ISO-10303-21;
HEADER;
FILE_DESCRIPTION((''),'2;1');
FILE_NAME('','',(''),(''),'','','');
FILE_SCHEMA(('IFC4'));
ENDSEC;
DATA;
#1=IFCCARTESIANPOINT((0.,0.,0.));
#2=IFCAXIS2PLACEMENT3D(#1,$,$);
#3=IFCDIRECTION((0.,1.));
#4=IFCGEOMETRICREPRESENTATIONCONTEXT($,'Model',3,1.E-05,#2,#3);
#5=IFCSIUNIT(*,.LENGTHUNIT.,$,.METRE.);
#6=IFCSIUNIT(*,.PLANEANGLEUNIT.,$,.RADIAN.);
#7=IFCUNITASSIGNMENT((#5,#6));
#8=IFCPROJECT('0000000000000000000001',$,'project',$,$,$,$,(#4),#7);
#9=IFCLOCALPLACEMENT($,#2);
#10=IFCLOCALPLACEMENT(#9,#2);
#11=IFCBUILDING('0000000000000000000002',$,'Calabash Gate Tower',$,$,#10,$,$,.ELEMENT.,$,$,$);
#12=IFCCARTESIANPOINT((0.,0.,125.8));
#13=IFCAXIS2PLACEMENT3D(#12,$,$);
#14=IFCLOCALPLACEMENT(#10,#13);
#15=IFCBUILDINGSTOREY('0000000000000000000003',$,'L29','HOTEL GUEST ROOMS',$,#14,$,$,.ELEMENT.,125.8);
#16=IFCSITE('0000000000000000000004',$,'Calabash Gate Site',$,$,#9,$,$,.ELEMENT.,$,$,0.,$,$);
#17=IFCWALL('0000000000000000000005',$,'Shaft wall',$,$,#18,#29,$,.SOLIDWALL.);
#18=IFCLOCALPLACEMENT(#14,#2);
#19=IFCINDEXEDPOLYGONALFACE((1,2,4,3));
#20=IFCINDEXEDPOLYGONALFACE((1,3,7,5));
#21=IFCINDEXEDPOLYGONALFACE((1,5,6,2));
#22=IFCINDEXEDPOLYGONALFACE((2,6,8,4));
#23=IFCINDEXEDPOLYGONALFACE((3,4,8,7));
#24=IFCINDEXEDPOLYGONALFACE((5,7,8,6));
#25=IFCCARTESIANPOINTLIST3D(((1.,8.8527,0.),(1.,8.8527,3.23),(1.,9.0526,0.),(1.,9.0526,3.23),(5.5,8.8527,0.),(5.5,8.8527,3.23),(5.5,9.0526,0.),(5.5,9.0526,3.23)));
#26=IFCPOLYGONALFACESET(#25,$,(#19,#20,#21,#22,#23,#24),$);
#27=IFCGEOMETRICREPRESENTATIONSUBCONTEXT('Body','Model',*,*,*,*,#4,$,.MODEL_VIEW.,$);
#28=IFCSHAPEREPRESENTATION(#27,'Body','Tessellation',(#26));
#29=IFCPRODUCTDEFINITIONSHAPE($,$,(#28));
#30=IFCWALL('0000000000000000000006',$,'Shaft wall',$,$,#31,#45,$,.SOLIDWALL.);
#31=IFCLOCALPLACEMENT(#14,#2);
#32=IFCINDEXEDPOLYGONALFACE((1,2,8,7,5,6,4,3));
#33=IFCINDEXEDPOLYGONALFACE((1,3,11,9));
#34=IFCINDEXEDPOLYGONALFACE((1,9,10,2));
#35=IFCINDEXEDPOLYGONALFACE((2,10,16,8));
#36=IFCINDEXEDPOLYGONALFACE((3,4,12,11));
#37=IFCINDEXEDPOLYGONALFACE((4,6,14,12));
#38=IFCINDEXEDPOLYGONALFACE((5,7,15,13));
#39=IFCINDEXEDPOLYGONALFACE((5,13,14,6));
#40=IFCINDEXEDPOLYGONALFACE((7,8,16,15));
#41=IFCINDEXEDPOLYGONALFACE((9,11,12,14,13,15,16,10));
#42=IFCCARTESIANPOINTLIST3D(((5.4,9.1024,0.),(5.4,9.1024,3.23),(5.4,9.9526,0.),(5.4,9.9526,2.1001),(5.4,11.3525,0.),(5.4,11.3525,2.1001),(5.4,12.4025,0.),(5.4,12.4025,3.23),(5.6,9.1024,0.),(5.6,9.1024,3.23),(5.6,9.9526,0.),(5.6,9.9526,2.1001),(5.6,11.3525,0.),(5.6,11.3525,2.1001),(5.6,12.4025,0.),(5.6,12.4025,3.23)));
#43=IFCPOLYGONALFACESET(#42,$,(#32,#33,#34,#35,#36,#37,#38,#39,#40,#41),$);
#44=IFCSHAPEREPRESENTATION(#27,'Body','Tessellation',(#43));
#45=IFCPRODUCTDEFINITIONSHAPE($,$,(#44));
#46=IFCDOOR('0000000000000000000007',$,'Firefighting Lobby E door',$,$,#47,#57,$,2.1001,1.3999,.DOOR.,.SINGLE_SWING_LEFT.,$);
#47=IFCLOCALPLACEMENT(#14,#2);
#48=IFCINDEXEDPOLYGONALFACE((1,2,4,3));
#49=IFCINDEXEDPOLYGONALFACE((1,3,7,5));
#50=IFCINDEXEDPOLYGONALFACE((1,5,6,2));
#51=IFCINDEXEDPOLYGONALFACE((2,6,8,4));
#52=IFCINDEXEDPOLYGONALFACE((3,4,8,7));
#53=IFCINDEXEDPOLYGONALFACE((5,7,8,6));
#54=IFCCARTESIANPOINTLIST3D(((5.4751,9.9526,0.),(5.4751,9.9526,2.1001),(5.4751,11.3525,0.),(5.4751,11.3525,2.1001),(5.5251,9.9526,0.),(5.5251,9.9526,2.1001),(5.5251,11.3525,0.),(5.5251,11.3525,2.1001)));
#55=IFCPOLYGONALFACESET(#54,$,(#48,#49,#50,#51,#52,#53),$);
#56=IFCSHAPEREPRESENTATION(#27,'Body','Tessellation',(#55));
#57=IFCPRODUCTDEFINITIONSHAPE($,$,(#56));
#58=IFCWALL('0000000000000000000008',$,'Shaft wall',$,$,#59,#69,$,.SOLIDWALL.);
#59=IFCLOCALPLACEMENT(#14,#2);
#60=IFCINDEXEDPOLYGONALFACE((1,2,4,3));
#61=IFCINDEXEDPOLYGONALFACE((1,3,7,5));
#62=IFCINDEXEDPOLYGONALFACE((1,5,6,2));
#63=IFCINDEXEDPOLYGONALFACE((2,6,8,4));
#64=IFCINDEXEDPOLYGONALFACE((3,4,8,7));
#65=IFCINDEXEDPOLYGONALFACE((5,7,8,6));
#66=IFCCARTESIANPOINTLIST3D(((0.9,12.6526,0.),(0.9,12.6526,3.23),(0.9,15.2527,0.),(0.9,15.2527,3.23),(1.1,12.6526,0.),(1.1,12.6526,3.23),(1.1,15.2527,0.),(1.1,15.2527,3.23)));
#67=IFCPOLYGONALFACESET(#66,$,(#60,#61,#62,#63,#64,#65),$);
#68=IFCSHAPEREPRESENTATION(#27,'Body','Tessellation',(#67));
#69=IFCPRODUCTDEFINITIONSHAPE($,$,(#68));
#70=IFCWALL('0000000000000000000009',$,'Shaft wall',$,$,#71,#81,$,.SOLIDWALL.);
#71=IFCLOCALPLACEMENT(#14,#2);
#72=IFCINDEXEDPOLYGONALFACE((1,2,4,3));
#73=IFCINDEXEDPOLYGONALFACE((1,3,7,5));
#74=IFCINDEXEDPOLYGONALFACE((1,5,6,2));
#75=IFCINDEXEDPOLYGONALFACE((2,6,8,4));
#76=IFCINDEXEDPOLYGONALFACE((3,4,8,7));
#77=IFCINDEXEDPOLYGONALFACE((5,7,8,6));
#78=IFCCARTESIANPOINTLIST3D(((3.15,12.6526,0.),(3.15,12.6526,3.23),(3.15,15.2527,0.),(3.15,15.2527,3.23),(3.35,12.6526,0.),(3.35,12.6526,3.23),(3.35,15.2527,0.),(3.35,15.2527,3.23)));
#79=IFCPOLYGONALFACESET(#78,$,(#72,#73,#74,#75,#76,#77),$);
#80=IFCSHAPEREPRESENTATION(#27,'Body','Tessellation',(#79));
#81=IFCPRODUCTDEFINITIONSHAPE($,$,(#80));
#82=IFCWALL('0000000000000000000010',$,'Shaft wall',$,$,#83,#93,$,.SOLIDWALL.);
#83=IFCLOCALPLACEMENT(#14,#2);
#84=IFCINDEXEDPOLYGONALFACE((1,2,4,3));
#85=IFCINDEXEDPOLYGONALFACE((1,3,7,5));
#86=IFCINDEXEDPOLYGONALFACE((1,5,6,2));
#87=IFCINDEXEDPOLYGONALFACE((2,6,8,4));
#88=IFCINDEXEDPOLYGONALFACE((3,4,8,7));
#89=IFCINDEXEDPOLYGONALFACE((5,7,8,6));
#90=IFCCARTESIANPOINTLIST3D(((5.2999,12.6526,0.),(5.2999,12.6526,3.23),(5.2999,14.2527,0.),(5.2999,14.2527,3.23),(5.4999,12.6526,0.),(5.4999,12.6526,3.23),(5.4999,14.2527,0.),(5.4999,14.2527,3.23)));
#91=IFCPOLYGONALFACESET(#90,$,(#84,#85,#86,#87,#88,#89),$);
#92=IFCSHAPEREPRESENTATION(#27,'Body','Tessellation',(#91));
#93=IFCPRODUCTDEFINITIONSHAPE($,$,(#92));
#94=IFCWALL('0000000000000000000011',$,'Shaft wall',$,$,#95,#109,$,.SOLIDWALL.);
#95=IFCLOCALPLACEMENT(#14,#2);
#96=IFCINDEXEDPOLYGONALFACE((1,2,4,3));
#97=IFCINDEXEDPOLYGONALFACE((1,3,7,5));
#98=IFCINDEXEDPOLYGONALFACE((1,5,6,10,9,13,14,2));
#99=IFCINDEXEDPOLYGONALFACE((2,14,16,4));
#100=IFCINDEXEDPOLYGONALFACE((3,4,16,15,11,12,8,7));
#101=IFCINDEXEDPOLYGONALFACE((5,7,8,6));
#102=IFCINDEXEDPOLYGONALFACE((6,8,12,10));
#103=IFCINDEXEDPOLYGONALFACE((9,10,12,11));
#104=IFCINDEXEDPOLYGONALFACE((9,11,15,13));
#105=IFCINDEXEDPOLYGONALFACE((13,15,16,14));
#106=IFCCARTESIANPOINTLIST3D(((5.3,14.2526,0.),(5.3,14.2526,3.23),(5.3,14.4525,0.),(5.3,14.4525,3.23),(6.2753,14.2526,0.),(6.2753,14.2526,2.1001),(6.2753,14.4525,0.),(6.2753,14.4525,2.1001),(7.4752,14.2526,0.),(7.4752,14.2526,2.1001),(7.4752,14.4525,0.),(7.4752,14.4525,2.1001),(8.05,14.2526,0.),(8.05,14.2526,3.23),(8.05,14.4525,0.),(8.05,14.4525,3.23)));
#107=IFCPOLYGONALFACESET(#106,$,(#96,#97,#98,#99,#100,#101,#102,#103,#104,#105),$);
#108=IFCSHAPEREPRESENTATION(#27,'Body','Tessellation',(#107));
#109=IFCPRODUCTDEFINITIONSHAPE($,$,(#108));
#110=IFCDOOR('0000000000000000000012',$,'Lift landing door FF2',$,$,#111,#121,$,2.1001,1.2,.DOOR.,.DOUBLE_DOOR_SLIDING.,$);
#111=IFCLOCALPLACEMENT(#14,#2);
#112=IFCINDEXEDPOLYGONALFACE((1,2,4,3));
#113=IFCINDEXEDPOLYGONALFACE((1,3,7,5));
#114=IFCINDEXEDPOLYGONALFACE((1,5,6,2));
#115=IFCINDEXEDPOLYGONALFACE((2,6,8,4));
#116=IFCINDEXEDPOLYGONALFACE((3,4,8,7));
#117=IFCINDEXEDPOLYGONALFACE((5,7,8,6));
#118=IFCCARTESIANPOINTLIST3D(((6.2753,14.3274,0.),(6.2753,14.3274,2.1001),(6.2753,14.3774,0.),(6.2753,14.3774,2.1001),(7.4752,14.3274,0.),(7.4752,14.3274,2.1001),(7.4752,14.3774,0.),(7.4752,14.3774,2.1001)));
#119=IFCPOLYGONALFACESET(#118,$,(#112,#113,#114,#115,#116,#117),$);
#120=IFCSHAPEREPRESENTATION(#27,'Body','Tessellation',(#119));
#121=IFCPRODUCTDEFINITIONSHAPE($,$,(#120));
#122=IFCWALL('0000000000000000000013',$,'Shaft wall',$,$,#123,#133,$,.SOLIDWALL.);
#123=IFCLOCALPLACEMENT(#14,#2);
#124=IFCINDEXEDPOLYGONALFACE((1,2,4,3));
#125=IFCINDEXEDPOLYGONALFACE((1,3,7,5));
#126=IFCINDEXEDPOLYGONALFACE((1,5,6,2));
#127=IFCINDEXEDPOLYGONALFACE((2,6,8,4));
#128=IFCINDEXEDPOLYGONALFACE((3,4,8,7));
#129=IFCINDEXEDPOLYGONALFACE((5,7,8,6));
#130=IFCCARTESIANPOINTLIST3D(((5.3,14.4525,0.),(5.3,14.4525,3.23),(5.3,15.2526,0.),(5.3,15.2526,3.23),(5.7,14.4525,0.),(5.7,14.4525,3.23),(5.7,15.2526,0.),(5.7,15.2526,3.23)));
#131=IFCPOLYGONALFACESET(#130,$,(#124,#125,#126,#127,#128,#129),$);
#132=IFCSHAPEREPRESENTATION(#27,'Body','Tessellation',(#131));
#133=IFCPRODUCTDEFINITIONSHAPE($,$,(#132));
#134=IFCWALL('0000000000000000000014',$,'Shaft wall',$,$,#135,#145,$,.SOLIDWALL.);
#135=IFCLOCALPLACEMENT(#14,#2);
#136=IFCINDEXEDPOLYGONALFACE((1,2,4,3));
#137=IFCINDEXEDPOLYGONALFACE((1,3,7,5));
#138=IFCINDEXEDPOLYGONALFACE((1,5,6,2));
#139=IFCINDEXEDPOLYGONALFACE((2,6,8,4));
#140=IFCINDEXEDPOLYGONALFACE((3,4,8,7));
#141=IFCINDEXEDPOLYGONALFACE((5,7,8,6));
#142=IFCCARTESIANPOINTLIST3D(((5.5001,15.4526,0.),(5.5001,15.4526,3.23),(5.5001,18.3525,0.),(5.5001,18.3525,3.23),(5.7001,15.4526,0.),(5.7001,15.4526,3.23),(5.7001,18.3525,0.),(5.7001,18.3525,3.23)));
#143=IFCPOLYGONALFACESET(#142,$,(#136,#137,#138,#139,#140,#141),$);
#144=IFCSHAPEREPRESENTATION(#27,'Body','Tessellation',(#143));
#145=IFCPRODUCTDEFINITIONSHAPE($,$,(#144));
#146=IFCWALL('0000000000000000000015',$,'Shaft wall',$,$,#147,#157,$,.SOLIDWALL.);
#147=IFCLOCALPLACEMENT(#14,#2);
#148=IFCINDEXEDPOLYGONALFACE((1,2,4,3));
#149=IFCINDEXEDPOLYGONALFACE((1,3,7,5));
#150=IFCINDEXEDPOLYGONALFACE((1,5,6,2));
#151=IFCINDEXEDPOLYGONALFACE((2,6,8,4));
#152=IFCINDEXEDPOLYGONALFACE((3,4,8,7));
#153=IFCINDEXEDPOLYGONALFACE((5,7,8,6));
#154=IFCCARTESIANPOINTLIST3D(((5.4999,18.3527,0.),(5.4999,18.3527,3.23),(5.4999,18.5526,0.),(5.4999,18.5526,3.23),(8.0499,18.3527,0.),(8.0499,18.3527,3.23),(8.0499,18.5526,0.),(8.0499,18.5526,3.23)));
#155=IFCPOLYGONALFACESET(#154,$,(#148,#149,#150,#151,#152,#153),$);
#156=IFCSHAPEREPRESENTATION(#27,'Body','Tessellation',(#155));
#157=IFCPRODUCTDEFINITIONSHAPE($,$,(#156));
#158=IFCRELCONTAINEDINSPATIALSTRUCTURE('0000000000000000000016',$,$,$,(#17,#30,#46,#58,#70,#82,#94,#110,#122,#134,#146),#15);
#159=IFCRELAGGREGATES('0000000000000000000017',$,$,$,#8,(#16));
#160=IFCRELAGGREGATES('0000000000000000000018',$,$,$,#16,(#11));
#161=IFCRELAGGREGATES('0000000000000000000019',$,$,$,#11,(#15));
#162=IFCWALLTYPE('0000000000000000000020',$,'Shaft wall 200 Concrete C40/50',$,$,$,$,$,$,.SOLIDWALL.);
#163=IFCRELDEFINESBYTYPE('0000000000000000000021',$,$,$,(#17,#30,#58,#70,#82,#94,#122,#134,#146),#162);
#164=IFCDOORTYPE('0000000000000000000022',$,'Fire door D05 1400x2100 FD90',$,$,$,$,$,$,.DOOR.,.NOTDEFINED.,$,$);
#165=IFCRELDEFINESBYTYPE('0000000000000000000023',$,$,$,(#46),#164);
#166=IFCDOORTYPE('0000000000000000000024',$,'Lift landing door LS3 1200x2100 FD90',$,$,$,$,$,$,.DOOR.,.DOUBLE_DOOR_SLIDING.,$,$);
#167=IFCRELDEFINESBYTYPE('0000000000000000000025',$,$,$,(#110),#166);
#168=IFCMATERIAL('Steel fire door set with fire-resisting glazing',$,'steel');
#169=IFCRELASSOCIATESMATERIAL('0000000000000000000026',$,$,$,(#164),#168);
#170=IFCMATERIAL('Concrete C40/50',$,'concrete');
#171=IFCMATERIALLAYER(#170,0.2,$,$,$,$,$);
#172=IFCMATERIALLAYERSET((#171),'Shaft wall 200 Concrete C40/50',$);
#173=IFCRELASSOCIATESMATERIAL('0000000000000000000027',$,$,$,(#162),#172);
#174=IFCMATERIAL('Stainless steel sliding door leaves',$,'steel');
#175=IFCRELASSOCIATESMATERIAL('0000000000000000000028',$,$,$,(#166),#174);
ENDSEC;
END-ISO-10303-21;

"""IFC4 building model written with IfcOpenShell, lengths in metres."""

from ifc_helpers import new_model, si_unit, direction, frame, frame_2d, origin, place, context, subcontext, project, spatial, rectangle, extrude, material, layer, layer_set, type_object, element, fill, save


model = new_model("IFC4")

# Units and contexts
model_context = context("Model", 3, precision=1e-05, world=origin(), true_north=direction((0.0, 1.0)))
body_context = subcontext(model_context, "Body", "Model", "MODEL_VIEW")
ifc_project = project(units=[si_unit("LENGTHUNIT", "METRE"), si_unit("PLANEANGLEUNIT", "RADIAN")], contexts=[model_context])

# Site, building, storey
site_placement = place(None, origin())
site = spatial("IfcSite", under=ifc_project, at=site_placement, Name="Calabash Gate Site", CompositionType="ELEMENT", RefElevation=0.0)
building_placement = place(site_placement, origin())
building = spatial("IfcBuilding", under=site, at=building_placement, Name="Calabash Gate Tower", CompositionType="ELEMENT")
storey_placement = place(building_placement, frame((0.0, 0.0, 125.8)))
storey = spatial("IfcBuildingStorey", under=building, at=storey_placement, Name="L29", Description="HOTEL GUEST ROOMS", CompositionType="ELEMENT", Elevation=125.8)

# Shared definitions
ifc_material_1 = material(Name="Steel fire door set with fire-resisting glazing", Category="steel")
door_type_1 = type_object("IfcDoorType", Name="Fire door D05 1400x2100 FD90", OperationType="NOTDEFINED", PredefinedType="DOOR", material=ifc_material_1)

# Wall
ifc_material_2 = material(Name="Concrete C40/50", Category="concrete")
ifc_layer_1 = layer(ifc_material_2, 0.2)
ifc_layer_set_1 = layer_set([ifc_layer_1], Name="Shaft wall 200 Concrete C40/50")
wall_type_1 = type_object("IfcWallType", Name="Shaft wall 200 Concrete C40/50", PredefinedType="SOLIDWALL", material=ifc_layer_set_1)
wall_1_placement = place(storey_placement, frame((1.0, 8.9526, 0.0), z_axis=(0.0, 0.0, 1.0), x_axis=(1.0, 0.0, 0.0)))
element("IfcWall", 1, at=wall_1_placement, inside=storey, type_object=wall_type_1, Name="Shaft wall", PredefinedType="SOLIDWALL", context=body_context, shape_type="SweptSolid", body=[
    extrude(rectangle(XDim=4.5, YDim=0.2, at=frame_2d((2.25, 0.0))), origin(), (0.0, 0.0, 1.0), 3.23),
])

# Wall, opening, door
wall_2_placement = place(storey_placement, frame((5.5, 9.1025, 0.0), z_axis=(0.0, 0.0, 1.0), x_axis=(0.0, 1.0, 0.0)))
wall_2 = element("IfcWall", 2, at=wall_2_placement, inside=storey, type_object=wall_type_1, Name="Shaft wall", PredefinedType="SOLIDWALL", context=body_context, shape_type="SweptSolid", body=[
    extrude(rectangle(XDim=3.3, YDim=0.2, at=frame_2d((1.6499, 0.0))), origin(), (0.0, 0.0, 1.0), 3.23),
])
opening_1_placement = place(wall_2_placement, frame((0.8501, 0.0, 0.0)))
opening_1 = element("IfcOpeningElement", 3, at=opening_1_placement, cuts=wall_2, PredefinedType="OPENING", context=body_context, shape_type="SweptSolid", body=[
    extrude(rectangle(XDim=1.3999, YDim=2.1001, at=frame_2d((0.7, 1.05))), frame((0.0, 0.1099, 0.0), z_axis=(0.0, -1.0, 0.0), x_axis=(1.0, 0.0, 0.0)), (0.0, 0.0, 1.0), 0.22),
])
door_1_placement = place(opening_1_placement, origin())
door_1 = element("IfcDoor", 4, at=door_1_placement, inside=storey, type_object=door_type_1, Name="Firefighting Lobby E door", OperationType="SINGLE_SWING_LEFT", OverallHeight=2.1001, OverallWidth=1.3999, PredefinedType="DOOR", context=body_context, shape_type="SweptSolid", body=[
    extrude(rectangle(XDim=1.3999, YDim=2.1001, at=frame_2d((0.7, 1.05))), frame((0.0, 0.0249, 0.0), z_axis=(0.0, -1.0, 0.0), x_axis=(1.0, 0.0, 0.0)), (0.0, 0.0, 1.0), 0.05),
])
fill(opening_1, door_1)

# Walls
for number, where, z_axis, x_axis, name in (
    (5, (1.0, 12.6526, 0.0), (0.0, 0.0, 1.0), (0.0, 1.0, 0.0), "Shaft wall"),
    (6, (3.25, 12.6526, 0.0), (0.0, 0.0, 1.0), (0.0, 1.0, 0.0), "Shaft wall"),
):
    element("IfcWall", number, at=place(storey_placement, frame(where, z_axis=z_axis, x_axis=x_axis)), inside=storey, type_object=wall_type_1, Name=name, PredefinedType="SOLIDWALL", context=body_context, shape_type="SweptSolid", body=[
        extrude(rectangle(XDim=2.6001, YDim=0.2, at=frame_2d((1.3, 0.0))), origin(), (0.0, 0.0, 1.0), 3.23),
    ])
wall_3_placement = place(storey_placement, frame((5.3999, 12.6526, 0.0), z_axis=(0.0, 0.0, 1.0), x_axis=(0.0, 1.0, 0.0)))
element("IfcWall", 7, at=wall_3_placement, inside=storey, type_object=wall_type_1, Name="Shaft wall", PredefinedType="SOLIDWALL", context=body_context, shape_type="SweptSolid", body=[
    extrude(rectangle(XDim=1.6001, YDim=0.2, at=frame_2d((0.8, 0.0))), origin(), (0.0, 0.0, 1.0), 3.23),
])

# Wall, opening, door
wall_4_placement = place(storey_placement, frame((5.3, 14.3525, 0.0), z_axis=(0.0, 0.0, 1.0), x_axis=(1.0, 0.0, 0.0)))
wall_4 = element("IfcWall", 8, at=wall_4_placement, inside=storey, type_object=wall_type_1, Name="Shaft wall", PredefinedType="SOLIDWALL", context=body_context, shape_type="SweptSolid", body=[
    extrude(rectangle(XDim=2.75, YDim=0.2, at=frame_2d((1.375, 0.0))), origin(), (0.0, 0.0, 1.0), 3.23),
])
opening_2_placement = place(wall_4_placement, frame((0.9751, 0.0, 0.0)))
opening_2 = element("IfcOpeningElement", 9, at=opening_2_placement, cuts=wall_4, PredefinedType="OPENING", context=body_context, shape_type="SweptSolid", body=[
    extrude(rectangle(XDim=1.2, YDim=2.1001, at=frame_2d((0.6001, 1.05))), frame((0.0, 0.1099, 0.0), z_axis=(0.0, -1.0, 0.0), x_axis=(1.0, 0.0, 0.0)), (0.0, 0.0, 1.0), 0.22),
])
ifc_material_3 = material(Name="Stainless steel sliding door leaves", Category="steel")
door_type_2 = type_object("IfcDoorType", Name="Lift landing door LS3 1200x2100 FD90", OperationType="DOUBLE_DOOR_SLIDING", PredefinedType="DOOR", material=ifc_material_3)
door_2_placement = place(opening_2_placement, origin())
door_2 = element("IfcDoor", 10, at=door_2_placement, inside=storey, type_object=door_type_2, Name="Lift landing door FF2", OperationType="DOUBLE_DOOR_SLIDING", OverallHeight=2.1001, OverallWidth=1.2, PredefinedType="DOOR", context=body_context, shape_type="SweptSolid", body=[
    extrude(rectangle(XDim=1.2, YDim=2.1001, at=frame_2d((0.6001, 1.05))), frame((0.0, 0.0249, 0.0), z_axis=(0.0, -1.0, 0.0), x_axis=(1.0, 0.0, 0.0)), (0.0, 0.0, 1.0), 0.05),
])
fill(opening_2, door_2)

# Walls
wall_5_placement = place(storey_placement, frame((5.5, 14.4526, 0.0), z_axis=(0.0, 0.0, 1.0), x_axis=(0.0, 1.0, 0.0)))
element("IfcWall", 11, at=wall_5_placement, inside=storey, type_object=wall_type_1, Name="Shaft wall", PredefinedType="SOLIDWALL", context=body_context, shape_type="SweptSolid", body=[
    extrude(rectangle(XDim=0.8, YDim=0.3999, at=frame_2d((0.3999, 0.0))), origin(), (0.0, 0.0, 1.0), 3.23),
])
wall_6_placement = place(storey_placement, frame((5.6001, 15.4526, 0.0), z_axis=(0.0, 0.0, 1.0), x_axis=(0.0, 1.0, 0.0)))
element("IfcWall", 12, at=wall_6_placement, inside=storey, type_object=wall_type_1, Name="Shaft wall", PredefinedType="SOLIDWALL", context=body_context, shape_type="SweptSolid", body=[
    extrude(rectangle(XDim=2.8999, YDim=0.2, at=frame_2d((1.45, 0.0))), origin(), (0.0, 0.0, 1.0), 3.23),
])
wall_7_placement = place(storey_placement, frame((5.5, 18.4526, 0.0), z_axis=(0.0, 0.0, 1.0), x_axis=(1.0, 0.0, 0.0)))
element("IfcWall", 13, at=wall_7_placement, inside=storey, type_object=wall_type_1, Name="Shaft wall", PredefinedType="SOLIDWALL", context=body_context, shape_type="SweptSolid", body=[
    extrude(rectangle(XDim=2.55, YDim=0.2, at=frame_2d((1.2749, 0.0))), origin(), (0.0, 0.0, 1.0), 3.23),
])

save(model, "model.ifc")
